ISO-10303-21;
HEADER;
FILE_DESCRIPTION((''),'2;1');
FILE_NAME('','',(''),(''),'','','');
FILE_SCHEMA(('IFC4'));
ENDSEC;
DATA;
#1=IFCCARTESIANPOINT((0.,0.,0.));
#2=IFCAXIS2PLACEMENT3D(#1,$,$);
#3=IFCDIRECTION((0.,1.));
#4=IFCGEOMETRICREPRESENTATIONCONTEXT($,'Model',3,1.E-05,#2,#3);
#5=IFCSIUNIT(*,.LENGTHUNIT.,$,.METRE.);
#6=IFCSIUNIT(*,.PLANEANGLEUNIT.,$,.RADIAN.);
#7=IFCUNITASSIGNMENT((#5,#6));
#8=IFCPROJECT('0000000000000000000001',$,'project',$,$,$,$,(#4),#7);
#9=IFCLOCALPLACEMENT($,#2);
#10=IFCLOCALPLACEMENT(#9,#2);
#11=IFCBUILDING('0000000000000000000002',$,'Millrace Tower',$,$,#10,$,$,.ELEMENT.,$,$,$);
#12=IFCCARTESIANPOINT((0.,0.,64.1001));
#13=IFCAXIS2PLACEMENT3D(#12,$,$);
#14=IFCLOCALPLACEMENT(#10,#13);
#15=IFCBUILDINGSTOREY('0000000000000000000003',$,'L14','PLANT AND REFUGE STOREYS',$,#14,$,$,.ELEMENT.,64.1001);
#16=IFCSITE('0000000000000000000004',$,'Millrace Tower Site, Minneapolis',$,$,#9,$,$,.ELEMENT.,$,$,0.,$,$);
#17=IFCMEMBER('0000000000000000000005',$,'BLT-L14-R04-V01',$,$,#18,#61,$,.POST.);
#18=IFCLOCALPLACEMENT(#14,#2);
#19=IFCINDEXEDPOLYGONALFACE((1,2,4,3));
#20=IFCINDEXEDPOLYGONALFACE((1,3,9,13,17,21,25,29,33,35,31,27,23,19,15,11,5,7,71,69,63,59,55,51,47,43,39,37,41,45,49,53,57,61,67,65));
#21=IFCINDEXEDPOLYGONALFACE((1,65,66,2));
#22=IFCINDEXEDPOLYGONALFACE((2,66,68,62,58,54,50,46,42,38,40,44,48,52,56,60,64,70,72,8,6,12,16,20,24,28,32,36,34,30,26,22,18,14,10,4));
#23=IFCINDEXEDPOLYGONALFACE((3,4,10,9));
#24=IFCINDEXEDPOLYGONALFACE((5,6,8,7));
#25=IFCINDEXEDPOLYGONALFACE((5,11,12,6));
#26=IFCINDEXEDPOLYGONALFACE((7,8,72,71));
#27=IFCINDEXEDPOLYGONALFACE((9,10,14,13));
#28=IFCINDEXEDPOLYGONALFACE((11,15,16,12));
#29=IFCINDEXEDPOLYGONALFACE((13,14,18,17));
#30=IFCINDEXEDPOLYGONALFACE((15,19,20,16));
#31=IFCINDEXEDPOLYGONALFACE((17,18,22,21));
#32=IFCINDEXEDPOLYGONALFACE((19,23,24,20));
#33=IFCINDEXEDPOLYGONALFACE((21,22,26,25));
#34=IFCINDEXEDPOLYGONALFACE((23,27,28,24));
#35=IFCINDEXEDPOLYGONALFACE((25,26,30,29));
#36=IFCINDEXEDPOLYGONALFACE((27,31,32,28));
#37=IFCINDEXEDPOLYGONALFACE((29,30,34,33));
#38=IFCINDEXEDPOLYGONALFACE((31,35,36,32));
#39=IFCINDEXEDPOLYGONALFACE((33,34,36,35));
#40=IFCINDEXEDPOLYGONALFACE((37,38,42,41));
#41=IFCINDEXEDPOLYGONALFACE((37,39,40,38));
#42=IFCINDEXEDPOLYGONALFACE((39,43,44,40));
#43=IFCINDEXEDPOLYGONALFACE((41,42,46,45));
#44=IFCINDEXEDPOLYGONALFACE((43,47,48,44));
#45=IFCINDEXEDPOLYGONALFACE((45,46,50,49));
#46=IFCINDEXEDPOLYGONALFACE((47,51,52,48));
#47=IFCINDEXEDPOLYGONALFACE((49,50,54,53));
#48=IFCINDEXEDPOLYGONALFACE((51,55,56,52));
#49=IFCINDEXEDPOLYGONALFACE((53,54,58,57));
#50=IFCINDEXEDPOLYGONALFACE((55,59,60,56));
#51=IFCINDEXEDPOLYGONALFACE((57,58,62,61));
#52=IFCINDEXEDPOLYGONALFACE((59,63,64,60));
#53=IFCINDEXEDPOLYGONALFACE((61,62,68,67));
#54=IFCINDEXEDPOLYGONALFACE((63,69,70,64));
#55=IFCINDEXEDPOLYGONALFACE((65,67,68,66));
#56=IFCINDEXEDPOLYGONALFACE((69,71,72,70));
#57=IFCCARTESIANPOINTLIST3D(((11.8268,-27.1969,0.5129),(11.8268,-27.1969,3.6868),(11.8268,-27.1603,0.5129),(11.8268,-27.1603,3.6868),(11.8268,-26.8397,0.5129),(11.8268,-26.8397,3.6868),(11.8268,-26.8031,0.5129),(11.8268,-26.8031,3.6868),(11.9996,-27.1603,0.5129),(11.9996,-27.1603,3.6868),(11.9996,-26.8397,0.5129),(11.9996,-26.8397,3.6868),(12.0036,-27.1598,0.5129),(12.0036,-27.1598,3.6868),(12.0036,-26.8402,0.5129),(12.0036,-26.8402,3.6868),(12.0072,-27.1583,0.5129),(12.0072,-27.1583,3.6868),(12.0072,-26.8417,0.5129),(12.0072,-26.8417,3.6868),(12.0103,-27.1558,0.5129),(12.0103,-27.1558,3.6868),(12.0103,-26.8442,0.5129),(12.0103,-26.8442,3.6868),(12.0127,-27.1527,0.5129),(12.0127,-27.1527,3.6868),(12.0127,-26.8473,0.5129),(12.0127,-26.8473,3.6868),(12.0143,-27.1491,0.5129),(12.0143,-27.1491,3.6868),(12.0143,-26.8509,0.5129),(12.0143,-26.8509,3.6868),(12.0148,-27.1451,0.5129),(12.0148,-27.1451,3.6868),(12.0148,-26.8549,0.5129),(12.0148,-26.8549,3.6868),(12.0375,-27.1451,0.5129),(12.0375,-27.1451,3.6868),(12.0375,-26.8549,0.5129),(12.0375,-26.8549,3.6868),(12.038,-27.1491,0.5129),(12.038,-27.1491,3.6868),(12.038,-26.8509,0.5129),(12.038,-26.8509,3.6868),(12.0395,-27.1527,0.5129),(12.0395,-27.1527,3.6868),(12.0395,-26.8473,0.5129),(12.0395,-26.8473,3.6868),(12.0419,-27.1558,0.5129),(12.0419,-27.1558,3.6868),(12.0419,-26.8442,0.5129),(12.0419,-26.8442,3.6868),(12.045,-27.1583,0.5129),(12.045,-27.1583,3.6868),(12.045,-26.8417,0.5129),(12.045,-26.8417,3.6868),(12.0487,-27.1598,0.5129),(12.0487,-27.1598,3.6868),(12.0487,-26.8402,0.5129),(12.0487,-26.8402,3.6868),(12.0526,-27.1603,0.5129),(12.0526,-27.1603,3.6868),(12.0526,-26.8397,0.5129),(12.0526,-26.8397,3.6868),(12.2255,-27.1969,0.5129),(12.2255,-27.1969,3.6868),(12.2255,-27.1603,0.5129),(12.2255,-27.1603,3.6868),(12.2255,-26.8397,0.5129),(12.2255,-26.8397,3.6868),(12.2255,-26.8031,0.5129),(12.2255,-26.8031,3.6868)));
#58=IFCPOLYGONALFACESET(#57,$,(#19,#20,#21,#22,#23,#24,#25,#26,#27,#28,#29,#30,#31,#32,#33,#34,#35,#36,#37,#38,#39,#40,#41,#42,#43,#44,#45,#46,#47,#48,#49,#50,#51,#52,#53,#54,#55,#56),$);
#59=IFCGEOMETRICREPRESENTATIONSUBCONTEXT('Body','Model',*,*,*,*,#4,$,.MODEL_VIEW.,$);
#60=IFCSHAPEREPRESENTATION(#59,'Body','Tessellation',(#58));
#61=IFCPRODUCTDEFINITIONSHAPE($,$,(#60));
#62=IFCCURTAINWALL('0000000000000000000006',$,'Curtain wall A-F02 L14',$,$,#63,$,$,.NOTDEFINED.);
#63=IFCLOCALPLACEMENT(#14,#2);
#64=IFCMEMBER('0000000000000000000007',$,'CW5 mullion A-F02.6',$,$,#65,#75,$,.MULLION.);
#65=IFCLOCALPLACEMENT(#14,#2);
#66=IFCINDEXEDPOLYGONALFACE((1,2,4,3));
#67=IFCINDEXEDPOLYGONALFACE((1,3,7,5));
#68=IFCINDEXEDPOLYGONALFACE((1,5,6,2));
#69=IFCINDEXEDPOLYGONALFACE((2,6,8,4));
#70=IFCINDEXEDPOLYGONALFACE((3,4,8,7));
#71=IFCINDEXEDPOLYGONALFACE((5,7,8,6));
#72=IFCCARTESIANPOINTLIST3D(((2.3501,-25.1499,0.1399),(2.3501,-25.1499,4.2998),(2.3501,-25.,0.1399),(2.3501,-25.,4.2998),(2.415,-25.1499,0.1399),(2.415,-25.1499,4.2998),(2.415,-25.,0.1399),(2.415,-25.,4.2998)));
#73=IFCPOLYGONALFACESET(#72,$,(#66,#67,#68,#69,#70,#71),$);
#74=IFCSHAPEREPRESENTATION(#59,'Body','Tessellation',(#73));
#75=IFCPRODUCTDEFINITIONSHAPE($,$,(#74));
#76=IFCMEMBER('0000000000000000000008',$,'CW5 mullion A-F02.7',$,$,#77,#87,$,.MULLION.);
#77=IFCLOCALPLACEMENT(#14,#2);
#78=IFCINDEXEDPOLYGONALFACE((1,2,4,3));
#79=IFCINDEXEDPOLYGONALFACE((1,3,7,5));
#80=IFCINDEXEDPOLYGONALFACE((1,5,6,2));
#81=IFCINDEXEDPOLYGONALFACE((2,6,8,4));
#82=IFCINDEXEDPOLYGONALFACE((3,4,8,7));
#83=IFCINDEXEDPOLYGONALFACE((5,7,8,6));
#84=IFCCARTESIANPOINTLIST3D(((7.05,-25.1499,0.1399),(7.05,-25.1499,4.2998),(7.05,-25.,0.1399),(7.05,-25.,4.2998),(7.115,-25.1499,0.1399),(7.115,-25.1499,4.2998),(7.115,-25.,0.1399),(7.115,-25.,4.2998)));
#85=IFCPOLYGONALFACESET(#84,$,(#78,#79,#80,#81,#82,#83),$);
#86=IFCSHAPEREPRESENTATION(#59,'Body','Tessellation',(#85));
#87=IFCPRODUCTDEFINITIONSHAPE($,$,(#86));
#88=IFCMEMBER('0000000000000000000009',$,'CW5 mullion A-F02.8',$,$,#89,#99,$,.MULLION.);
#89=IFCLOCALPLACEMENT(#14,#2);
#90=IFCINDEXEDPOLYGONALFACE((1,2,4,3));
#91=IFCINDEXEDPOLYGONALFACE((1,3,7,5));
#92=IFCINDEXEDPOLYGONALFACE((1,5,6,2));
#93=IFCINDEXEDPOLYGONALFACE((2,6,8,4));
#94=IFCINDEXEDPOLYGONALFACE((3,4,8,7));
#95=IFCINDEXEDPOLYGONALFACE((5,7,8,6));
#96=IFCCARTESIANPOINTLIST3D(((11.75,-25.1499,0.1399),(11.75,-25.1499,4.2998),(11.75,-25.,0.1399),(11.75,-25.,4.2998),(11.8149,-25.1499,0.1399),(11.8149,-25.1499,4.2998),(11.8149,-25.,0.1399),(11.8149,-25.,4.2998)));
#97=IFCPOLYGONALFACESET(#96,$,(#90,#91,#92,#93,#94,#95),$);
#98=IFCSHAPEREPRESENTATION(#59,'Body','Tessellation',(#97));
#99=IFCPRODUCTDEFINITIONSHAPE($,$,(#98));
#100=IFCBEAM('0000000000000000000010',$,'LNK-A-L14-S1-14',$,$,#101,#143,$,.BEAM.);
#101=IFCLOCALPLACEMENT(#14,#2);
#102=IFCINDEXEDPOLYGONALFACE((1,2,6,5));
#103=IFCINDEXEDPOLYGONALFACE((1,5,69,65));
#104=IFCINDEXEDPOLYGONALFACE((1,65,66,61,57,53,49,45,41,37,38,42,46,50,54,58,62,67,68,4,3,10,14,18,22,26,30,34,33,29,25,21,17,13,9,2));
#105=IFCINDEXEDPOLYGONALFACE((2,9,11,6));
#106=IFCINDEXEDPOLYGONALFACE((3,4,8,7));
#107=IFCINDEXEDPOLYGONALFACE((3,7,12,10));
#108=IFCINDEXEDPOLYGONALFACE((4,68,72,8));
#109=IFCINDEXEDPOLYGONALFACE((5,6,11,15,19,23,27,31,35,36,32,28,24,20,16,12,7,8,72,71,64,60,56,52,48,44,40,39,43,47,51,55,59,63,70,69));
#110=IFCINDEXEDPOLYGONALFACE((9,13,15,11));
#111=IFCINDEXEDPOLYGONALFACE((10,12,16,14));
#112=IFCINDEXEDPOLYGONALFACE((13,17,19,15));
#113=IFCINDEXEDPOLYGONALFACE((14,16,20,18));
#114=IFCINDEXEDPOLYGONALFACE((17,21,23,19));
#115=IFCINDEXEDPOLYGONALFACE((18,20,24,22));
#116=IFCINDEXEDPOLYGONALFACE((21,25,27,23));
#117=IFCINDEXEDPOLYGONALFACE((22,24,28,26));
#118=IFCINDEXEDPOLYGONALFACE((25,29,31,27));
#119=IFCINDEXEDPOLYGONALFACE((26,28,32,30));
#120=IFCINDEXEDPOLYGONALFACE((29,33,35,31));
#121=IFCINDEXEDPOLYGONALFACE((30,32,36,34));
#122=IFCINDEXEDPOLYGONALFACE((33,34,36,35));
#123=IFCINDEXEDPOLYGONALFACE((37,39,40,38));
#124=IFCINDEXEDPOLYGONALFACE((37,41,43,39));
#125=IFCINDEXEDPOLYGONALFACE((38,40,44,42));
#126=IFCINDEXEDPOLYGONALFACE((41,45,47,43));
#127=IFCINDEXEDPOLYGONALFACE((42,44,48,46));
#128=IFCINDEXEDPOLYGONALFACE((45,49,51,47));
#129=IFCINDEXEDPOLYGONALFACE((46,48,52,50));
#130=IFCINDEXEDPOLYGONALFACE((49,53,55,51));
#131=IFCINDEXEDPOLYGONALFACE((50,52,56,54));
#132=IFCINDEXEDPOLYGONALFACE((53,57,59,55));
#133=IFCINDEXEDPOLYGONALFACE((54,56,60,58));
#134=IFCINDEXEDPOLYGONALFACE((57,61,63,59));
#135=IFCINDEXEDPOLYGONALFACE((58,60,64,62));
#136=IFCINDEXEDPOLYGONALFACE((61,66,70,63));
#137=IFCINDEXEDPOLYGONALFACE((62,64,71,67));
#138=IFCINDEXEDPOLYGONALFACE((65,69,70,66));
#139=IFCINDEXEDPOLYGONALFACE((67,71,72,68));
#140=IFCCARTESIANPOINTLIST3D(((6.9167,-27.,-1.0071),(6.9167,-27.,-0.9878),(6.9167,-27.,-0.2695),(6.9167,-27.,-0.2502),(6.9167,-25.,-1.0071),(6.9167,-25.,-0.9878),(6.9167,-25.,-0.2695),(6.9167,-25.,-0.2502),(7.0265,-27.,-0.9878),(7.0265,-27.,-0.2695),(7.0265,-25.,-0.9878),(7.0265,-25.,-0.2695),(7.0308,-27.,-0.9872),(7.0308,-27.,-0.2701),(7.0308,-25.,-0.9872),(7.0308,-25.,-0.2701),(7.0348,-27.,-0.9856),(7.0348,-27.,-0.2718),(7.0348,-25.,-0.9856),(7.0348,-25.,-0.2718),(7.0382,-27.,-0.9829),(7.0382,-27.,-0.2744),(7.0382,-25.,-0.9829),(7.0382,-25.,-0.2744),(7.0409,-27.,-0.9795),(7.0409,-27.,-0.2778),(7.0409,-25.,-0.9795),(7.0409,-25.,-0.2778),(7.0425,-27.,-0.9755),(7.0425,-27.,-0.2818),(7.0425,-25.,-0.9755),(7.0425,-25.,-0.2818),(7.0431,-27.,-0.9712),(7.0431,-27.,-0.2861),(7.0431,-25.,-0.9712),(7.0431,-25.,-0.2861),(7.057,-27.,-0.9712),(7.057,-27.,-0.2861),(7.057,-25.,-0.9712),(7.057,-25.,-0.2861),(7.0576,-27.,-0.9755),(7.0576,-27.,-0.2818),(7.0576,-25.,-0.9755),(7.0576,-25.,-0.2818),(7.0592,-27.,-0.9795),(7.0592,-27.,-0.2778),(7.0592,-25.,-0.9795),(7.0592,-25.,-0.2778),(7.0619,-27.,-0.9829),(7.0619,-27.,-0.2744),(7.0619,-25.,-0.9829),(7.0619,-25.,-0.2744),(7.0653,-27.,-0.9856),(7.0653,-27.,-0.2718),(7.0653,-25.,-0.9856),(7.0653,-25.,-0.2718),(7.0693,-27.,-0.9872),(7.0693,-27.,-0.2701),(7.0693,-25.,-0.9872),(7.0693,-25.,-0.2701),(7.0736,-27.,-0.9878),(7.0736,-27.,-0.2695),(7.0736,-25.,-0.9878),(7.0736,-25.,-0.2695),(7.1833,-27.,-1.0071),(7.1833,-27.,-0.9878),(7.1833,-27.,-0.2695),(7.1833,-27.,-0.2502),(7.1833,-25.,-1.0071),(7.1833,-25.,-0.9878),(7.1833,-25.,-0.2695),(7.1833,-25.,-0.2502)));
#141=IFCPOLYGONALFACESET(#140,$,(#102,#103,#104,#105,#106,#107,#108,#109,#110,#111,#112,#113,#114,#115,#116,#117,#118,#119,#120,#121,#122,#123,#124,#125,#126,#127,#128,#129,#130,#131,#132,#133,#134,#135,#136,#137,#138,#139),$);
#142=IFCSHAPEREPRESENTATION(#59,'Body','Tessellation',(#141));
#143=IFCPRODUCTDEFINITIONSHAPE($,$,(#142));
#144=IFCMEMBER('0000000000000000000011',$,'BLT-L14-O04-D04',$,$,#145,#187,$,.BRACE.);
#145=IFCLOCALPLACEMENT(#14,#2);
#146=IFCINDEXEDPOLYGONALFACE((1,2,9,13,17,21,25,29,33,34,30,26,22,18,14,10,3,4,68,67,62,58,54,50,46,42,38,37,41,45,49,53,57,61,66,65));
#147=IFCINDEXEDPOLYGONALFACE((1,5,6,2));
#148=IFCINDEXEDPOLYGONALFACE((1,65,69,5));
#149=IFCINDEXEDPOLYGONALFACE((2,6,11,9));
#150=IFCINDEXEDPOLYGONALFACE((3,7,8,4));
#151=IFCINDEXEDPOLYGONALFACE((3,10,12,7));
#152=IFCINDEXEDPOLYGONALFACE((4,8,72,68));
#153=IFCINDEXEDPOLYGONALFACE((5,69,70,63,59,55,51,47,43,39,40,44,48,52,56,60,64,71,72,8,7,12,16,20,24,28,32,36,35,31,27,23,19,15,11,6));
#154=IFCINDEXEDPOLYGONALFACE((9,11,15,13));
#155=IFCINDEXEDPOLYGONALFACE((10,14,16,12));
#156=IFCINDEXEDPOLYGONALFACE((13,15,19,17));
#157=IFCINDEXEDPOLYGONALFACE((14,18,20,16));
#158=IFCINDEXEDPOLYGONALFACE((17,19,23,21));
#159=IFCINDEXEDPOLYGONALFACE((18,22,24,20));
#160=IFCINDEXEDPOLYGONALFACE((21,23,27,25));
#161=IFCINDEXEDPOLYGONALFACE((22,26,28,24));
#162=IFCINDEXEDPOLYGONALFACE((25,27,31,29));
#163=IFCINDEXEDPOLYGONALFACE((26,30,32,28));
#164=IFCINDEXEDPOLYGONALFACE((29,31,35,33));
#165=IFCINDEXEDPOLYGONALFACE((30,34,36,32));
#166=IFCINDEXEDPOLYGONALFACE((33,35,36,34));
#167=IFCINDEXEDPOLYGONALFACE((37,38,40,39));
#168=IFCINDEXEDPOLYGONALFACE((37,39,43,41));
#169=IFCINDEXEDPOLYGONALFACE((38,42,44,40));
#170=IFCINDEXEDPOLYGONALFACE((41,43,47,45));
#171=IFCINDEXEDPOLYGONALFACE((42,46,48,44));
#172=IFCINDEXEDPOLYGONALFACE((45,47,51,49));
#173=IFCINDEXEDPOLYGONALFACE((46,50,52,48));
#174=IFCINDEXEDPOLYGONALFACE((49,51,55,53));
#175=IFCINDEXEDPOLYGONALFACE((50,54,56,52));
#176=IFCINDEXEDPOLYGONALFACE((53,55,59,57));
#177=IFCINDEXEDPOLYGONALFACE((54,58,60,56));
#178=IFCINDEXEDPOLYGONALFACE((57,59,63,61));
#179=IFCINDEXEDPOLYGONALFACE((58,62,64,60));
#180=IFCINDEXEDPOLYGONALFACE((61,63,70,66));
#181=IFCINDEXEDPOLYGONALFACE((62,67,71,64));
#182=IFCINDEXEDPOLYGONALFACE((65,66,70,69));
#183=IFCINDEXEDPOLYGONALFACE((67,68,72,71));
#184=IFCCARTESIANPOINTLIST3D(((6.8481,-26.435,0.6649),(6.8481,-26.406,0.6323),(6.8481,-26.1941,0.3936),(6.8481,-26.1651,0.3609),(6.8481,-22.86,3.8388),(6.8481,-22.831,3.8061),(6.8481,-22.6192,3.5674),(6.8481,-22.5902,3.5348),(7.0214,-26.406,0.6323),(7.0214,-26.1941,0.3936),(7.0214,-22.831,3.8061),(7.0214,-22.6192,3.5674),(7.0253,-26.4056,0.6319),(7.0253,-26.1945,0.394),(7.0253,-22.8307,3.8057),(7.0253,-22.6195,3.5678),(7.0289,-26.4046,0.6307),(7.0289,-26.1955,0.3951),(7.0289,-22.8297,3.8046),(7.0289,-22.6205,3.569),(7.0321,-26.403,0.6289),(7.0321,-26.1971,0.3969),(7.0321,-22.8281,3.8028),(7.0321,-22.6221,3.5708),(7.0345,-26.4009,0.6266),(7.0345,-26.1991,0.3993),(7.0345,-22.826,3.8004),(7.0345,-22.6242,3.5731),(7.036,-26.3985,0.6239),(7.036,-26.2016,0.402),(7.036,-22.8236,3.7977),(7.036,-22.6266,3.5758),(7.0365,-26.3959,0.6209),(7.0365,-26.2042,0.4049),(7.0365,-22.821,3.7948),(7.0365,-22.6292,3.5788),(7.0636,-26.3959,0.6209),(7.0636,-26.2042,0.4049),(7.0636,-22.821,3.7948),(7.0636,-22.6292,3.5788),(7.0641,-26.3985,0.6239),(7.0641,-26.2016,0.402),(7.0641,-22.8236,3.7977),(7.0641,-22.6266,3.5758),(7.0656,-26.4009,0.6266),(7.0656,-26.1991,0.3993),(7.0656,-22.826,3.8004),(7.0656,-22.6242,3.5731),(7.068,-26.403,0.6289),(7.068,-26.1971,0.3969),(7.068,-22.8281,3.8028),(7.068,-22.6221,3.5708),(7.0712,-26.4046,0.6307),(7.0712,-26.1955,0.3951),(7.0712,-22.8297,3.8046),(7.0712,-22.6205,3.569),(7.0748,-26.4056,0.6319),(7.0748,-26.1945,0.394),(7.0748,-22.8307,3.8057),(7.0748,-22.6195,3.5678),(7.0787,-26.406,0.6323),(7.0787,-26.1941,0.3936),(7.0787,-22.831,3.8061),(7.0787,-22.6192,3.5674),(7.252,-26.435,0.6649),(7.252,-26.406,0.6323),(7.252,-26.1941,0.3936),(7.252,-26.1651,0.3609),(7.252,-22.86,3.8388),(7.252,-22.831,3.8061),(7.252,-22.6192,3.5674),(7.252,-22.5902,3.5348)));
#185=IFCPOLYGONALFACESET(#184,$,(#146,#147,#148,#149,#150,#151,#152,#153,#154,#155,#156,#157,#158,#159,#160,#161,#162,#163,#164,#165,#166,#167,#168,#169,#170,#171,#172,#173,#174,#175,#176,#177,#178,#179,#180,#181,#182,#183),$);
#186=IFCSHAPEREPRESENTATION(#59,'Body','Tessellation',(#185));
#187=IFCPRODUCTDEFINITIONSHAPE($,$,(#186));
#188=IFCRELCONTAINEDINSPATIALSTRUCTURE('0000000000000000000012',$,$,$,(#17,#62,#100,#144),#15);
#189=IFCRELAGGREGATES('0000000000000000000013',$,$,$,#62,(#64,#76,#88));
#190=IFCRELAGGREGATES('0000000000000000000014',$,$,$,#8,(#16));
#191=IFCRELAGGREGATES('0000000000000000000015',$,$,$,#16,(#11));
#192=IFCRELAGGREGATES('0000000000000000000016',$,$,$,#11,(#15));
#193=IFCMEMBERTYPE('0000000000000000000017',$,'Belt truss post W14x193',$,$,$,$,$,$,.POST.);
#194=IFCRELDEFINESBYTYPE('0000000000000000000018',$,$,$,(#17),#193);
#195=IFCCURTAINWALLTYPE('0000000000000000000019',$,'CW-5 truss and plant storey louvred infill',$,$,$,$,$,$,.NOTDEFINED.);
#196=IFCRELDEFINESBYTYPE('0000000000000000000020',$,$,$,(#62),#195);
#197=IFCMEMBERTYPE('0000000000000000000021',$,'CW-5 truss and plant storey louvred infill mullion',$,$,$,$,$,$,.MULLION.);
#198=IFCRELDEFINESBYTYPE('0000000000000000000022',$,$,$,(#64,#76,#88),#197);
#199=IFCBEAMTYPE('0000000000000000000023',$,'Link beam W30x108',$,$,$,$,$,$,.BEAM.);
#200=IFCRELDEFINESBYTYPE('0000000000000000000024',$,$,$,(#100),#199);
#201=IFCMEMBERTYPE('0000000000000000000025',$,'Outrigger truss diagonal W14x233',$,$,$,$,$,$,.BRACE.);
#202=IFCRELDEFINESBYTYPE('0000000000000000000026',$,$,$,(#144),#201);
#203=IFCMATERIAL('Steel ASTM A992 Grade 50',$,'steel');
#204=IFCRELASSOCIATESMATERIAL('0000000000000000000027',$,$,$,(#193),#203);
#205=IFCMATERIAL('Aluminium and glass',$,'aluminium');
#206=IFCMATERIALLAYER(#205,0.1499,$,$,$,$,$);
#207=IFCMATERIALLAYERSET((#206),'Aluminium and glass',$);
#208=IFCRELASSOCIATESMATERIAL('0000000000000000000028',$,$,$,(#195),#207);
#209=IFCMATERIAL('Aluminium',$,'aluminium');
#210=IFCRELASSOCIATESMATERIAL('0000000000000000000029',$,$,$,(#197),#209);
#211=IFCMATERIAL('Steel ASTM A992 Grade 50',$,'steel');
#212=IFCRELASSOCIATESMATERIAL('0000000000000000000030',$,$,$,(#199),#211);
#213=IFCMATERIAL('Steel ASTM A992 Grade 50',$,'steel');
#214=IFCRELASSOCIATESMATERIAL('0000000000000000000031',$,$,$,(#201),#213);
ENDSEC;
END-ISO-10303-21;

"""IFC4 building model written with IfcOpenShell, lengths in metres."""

from ifc_helpers import new_model, si_unit, direction, frame, origin, origin_2d, place, context, subcontext, project, spatial, rectangle, i_section, extrude, material, layer, layer_set, material_profile, profile_set, type_object, element, aggregate, save


model = new_model("IFC4")

# Units and contexts
model_context = context("Model", 3, precision=1e-05, world=origin(), true_north=direction((0.0, 1.0)))
body_context = subcontext(model_context, "Body", "Model", "MODEL_VIEW")
ifc_project = project(units=[si_unit("LENGTHUNIT", "METRE"), si_unit("PLANEANGLEUNIT", "RADIAN")], contexts=[model_context])

# Site, building, storey
site_placement = place(None, origin())
site = spatial("IfcSite", under=ifc_project, at=site_placement, Name="Millrace Tower Site, Minneapolis", CompositionType="ELEMENT", RefElevation=0.0)
building_placement = place(site_placement, origin())
building = spatial("IfcBuilding", under=site, at=building_placement, Name="Millrace Tower", CompositionType="ELEMENT")
storey_placement = place(building_placement, frame((0.0, 0.0, 64.1001)))
storey = spatial("IfcBuildingStorey", under=building, at=storey_placement, Name="L14", Description="PLANT AND REFUGE STOREYS", CompositionType="ELEMENT", Elevation=64.1001)

# Member
ifc_material_1 = material(Name="Steel ASTM A992 Grade 50", Category="steel")
ifc_material_profile_1 = material_profile(ifc_material_1, i_section(OverallWidth=0.3987, OverallDepth=0.3938, WebThickness=0.0227, FlangeThickness=0.0366, FilletRadius=0.0151, at=origin_2d()))
ifc_profile_set_1 = profile_set([ifc_material_profile_1], Name="Steel ASTM A992 Grade 50")
member_type_1 = type_object("IfcMemberType", Name="Belt truss post W14x193", PredefinedType="POST", material=ifc_profile_set_1)
for number, where, z_axis, x_axis, name in (
    (1, (12.0261, -27.0, 0.5129), (0.0, 0.0, 1.0), (1.0, 0.0, 0.0), "BLT-L14-R04-V01"),
):
    element("IfcMember", number, at=place(storey_placement, frame(where, z_axis=z_axis, x_axis=x_axis)), inside=storey, type_object=member_type_1, Name=name, PredefinedType="POST", context=body_context, shape_type="SweptSolid", body=[
        extrude(i_section(OverallWidth=0.3987, OverallDepth=0.3938, WebThickness=0.0227, FlangeThickness=0.0366, FilletRadius=0.0151, at=origin_2d()), origin(), (0.0, 0.0, 1.0), 3.1738),
    ])

# Curtain wall, members
ifc_material_2 = material(Name="Aluminium and glass", Category="aluminium")
ifc_layer_1 = layer(ifc_material_2, 0.1499)
ifc_layer_set_1 = layer_set([ifc_layer_1], Name="Aluminium and glass")
curtain_wall_type = type_object("IfcCurtainWallType", Name="CW-5 truss and plant storey louvred infill", PredefinedType="NOTDEFINED", material=ifc_layer_set_1)
curtain_wall_placement = place(storey_placement, origin())
curtain_wall = element("IfcCurtainWall", 2, at=curtain_wall_placement, inside=storey, type_object=curtain_wall_type, Name="Curtain wall A-F02 L14", PredefinedType="NOTDEFINED")
ifc_material_3 = material(Name="Aluminium", Category="aluminium")
ifc_material_profile_2 = material_profile(ifc_material_3, rectangle(XDim=0.0649, YDim=0.1499, at=origin_2d()))
ifc_profile_set_2 = profile_set([ifc_material_profile_2], Name="Aluminium")
member_type_2 = type_object("IfcMemberType", Name="CW-5 truss and plant storey louvred infill mullion", PredefinedType="MULLION", material=ifc_profile_set_2)
member_1_placement = place(storey_placement, frame((2.3826, -25.075, 0.1399), z_axis=(0.0, 0.0, 1.0), x_axis=(1.0, 0.0, 0.0)))
member_1 = element("IfcMember", 3, at=member_1_placement, type_object=member_type_2, Name="CW5 mullion A-F02.6", PredefinedType="MULLION", context=body_context, shape_type="SweptSolid", body=[
    extrude(rectangle(XDim=0.0649, YDim=0.1499, at=origin_2d()), origin(), (0.0, 0.0, 1.0), 4.1599),
])
member_2_placement = place(storey_placement, frame((7.0825, -25.075, 0.1399), z_axis=(0.0, 0.0, 1.0), x_axis=(1.0, 0.0, 0.0)))
member_2 = element("IfcMember", 4, at=member_2_placement, type_object=member_type_2, Name="CW5 mullion A-F02.7", PredefinedType="MULLION", context=body_context, shape_type="SweptSolid", body=[
    extrude(rectangle(XDim=0.0649, YDim=0.1499, at=origin_2d()), origin(), (0.0, 0.0, 1.0), 4.1599),
])
member_3_placement = place(storey_placement, frame((11.7825, -25.075, 0.1399), z_axis=(0.0, 0.0, 1.0), x_axis=(1.0, 0.0, 0.0)))
member_3 = element("IfcMember", 5, at=member_3_placement, type_object=member_type_2, Name="CW5 mullion A-F02.8", PredefinedType="MULLION", context=body_context, shape_type="SweptSolid", body=[
    extrude(rectangle(XDim=0.0649, YDim=0.1499, at=origin_2d()), origin(), (0.0, 0.0, 1.0), 4.1599),
])
aggregate(curtain_wall, [member_1, member_2, member_3])

# Beam
ifc_material_4 = material(Name="Steel ASTM A992 Grade 50", Category="steel")
ifc_material_profile_3 = material_profile(ifc_material_4, i_section(OverallWidth=0.2666, OverallDepth=0.7568, WebThickness=0.0139, FlangeThickness=0.0193, FilletRadius=0.0166, at=origin_2d()))
ifc_profile_set_3 = profile_set([ifc_material_profile_3], Name="Steel ASTM A992 Grade 50")
beam_type_1 = type_object("IfcBeamType", Name="Link beam W30x108", PredefinedType="BEAM", material=ifc_profile_set_3)
beam_1_placement = place(storey_placement, frame((7.05, -25.0, -0.6287), z_axis=(0.0, -1.0, 0.0), x_axis=(1.0, 0.0, 0.0)))
element("IfcBeam", 6, at=beam_1_placement, inside=storey, type_object=beam_type_1, Name="LNK-A-L14-S1-14", PredefinedType="BEAM", context=body_context, shape_type="SweptSolid", body=[
    extrude(i_section(OverallWidth=0.2666, OverallDepth=0.7568, WebThickness=0.0139, FlangeThickness=0.0193, FilletRadius=0.0166, at=origin_2d()), origin(), (0.0, 0.0, 1.0), 2.0),
])

# Member
ifc_material_5 = material(Name="Steel ASTM A992 Grade 50", Category="steel")
ifc_material_profile_4 = material_profile(ifc_material_5, i_section(OverallWidth=0.4038, OverallDepth=0.4065, WebThickness=0.0271, FlangeThickness=0.0437, FilletRadius=0.0151, at=origin_2d()))
ifc_profile_set_4 = profile_set([ifc_material_profile_4], Name="Steel ASTM A992 Grade 50")
member_type_3 = type_object("IfcMemberType", Name="Outrigger truss diagonal W14x233", PredefinedType="BRACE", material=ifc_profile_set_4)
member_4_placement = place(storey_placement, frame((7.05, -26.3, 0.5129), z_axis=(0.0, 0.747815, 0.663907), x_axis=(-1.0, 0.0, 0.0)))
element("IfcMember", 7, at=member_4_placement, inside=storey, type_object=member_type_3, Name="BLT-L14-O04-D04", PredefinedType="BRACE", context=body_context, shape_type="SweptSolid", body=[
    extrude(i_section(OverallWidth=0.4038, OverallDepth=0.4065, WebThickness=0.0271, FlangeThickness=0.0437, FilletRadius=0.0151, at=origin_2d()), origin(), (0.0, 0.0, 1.0), 4.7805),
])

save(model, "model.ifc")
